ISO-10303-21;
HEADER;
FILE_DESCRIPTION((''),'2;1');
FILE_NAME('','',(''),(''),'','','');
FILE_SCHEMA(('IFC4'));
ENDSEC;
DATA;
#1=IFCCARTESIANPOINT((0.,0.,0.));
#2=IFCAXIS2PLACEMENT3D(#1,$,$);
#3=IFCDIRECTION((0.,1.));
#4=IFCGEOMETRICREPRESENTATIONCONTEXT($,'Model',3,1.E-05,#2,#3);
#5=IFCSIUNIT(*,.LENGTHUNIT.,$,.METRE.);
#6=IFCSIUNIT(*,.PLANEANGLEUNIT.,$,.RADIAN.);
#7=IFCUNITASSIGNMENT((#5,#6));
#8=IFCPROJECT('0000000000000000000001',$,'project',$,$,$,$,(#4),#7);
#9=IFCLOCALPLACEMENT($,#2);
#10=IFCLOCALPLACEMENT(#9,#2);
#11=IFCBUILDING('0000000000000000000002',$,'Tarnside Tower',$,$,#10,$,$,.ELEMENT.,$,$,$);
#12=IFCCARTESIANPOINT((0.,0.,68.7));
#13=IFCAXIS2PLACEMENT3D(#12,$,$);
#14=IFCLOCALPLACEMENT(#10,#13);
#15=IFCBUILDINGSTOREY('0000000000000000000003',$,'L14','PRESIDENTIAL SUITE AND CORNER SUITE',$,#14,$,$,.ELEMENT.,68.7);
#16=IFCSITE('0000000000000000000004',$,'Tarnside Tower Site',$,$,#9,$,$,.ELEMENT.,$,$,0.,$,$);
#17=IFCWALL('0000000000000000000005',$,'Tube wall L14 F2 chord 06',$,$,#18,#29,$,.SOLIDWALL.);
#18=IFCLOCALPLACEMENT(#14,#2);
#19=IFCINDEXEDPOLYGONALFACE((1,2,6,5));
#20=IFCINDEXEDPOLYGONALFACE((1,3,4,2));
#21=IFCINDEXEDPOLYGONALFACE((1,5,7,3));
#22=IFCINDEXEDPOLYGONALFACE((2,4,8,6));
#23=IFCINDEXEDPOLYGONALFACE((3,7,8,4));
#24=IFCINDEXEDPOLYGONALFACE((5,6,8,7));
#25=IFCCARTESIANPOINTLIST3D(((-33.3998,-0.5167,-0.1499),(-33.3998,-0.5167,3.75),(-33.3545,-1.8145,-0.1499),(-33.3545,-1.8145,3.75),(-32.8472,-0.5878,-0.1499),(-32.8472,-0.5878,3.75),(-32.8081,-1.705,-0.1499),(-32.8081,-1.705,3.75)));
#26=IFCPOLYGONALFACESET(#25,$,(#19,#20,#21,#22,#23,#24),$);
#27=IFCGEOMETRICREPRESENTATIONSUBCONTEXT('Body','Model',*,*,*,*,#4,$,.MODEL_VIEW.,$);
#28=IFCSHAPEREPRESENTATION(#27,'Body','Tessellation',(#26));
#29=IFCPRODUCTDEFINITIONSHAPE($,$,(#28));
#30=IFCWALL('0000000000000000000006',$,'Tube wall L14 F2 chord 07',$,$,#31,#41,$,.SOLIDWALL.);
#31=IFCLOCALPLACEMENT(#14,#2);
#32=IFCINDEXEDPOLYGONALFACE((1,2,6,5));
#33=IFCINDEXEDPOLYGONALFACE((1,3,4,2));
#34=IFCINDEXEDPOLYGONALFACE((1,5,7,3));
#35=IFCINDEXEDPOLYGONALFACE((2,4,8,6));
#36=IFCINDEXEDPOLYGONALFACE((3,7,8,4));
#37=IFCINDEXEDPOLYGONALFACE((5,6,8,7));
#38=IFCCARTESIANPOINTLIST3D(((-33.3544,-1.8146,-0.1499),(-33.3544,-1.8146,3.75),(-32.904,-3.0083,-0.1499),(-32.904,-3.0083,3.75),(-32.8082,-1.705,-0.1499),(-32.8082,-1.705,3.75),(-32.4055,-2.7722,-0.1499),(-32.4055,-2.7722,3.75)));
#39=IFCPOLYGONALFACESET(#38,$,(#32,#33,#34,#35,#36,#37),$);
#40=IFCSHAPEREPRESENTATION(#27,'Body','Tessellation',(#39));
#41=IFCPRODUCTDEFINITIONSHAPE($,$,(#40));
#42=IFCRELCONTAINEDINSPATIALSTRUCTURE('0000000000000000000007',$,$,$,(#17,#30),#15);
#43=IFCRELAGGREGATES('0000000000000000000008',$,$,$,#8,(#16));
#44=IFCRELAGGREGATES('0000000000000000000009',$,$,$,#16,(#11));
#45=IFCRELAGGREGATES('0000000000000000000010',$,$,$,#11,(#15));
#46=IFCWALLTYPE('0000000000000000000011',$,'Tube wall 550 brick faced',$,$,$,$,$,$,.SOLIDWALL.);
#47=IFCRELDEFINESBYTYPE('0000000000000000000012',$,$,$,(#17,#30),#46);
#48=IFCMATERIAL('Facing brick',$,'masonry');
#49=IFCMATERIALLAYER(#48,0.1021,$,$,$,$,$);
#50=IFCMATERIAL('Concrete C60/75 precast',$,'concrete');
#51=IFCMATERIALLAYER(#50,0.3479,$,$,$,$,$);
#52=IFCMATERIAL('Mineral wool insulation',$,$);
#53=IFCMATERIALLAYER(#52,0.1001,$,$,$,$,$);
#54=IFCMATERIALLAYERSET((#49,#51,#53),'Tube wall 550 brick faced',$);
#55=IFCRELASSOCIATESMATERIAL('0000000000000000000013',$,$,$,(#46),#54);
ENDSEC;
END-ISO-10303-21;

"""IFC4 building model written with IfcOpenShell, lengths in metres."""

from ifc_helpers import new_model, si_unit, direction, frame, origin, place, context, subcontext, project, spatial, polyline, outline, extrude, material, layer, layer_set, type_object, element, save


model = new_model("IFC4")

# Units and contexts
model_context = context("Model", 3, precision=1e-05, world=origin(), true_north=direction((0.0, 1.0)))
body_context = subcontext(model_context, "Body", "Model", "MODEL_VIEW")
ifc_project = project(units=[si_unit("LENGTHUNIT", "METRE"), si_unit("PLANEANGLEUNIT", "RADIAN")], contexts=[model_context])

# Site, building, storey
site_placement = place(None, origin())
site = spatial("IfcSite", under=ifc_project, at=site_placement, Name="Tarnside Tower Site", CompositionType="ELEMENT", RefElevation=0.0)
building_placement = place(site_placement, origin())
building = spatial("IfcBuilding", under=site, at=building_placement, Name="Tarnside Tower", CompositionType="ELEMENT")
storey_placement = place(building_placement, frame((0.0, 0.0, 68.7)))
storey = spatial("IfcBuildingStorey", under=building, at=storey_placement, Name="L14", Description="PRESIDENTIAL SUITE AND CORNER SUITE", CompositionType="ELEMENT", Elevation=68.7)

# Walls
ifc_material_1 = material(Name="Facing brick", Category="masonry")
ifc_layer_1 = layer(ifc_material_1, 0.1021)
ifc_material_2 = material(Name="Concrete C60/75 precast", Category="concrete")
ifc_layer_2 = layer(ifc_material_2, 0.3479)
ifc_material_3 = material(Name="Mineral wool insulation")
ifc_layer_3 = layer(ifc_material_3, 0.1001)
ifc_layer_set_1 = layer_set([ifc_layer_1, ifc_layer_2, ifc_layer_3], Name="Tube wall 550 brick faced")
wall_type_1 = type_object("IfcWallType", Name="Tube wall 550 brick faced", PredefinedType="SOLIDWALL", material=ifc_layer_set_1)
wall_1_placement = place(storey_placement, frame((-33.1235, -0.5522, -0.1499), z_axis=(0.0, 0.0, 1.0), x_axis=(0.034956, -0.999389, 0.0)))
element("IfcWall", 1, at=wall_1_placement, inside=storey, type_object=wall_type_1, Name="Tube wall L14 F2 chord 06", PredefinedType="SOLIDWALL", context=body_context, shape_type="SweptSolid", body=[
    extrude(outline(polyline([(-0.0452, -0.2749), (1.2534, -0.2749), (1.1631, 0.2749), (0.0452, 0.2749), (-0.0452, -0.2749)])), origin(), (0.0, 0.0, 1.0), 3.8999),
])
wall_2_placement = place(storey_placement, frame((-33.0813, -1.7598, -0.1499), z_axis=(0.0, 0.0, 1.0), x_axis=(0.353027, -0.935613, 0.0)))
element("IfcWall", 2, at=wall_2_placement, inside=storey, type_object=wall_type_1, Name="Tube wall L14 F2 chord 07", PredefinedType="SOLIDWALL", context=body_context, shape_type="SweptSolid", body=[
    extrude(outline(polyline([(-0.0452, -0.2749), (1.2307, -0.2749), (1.1858, 0.2749), (0.0452, 0.2749), (-0.0452, -0.2749)])), origin(), (0.0, 0.0, 1.0), 3.8999),
])

save(model, "model.ifc")
